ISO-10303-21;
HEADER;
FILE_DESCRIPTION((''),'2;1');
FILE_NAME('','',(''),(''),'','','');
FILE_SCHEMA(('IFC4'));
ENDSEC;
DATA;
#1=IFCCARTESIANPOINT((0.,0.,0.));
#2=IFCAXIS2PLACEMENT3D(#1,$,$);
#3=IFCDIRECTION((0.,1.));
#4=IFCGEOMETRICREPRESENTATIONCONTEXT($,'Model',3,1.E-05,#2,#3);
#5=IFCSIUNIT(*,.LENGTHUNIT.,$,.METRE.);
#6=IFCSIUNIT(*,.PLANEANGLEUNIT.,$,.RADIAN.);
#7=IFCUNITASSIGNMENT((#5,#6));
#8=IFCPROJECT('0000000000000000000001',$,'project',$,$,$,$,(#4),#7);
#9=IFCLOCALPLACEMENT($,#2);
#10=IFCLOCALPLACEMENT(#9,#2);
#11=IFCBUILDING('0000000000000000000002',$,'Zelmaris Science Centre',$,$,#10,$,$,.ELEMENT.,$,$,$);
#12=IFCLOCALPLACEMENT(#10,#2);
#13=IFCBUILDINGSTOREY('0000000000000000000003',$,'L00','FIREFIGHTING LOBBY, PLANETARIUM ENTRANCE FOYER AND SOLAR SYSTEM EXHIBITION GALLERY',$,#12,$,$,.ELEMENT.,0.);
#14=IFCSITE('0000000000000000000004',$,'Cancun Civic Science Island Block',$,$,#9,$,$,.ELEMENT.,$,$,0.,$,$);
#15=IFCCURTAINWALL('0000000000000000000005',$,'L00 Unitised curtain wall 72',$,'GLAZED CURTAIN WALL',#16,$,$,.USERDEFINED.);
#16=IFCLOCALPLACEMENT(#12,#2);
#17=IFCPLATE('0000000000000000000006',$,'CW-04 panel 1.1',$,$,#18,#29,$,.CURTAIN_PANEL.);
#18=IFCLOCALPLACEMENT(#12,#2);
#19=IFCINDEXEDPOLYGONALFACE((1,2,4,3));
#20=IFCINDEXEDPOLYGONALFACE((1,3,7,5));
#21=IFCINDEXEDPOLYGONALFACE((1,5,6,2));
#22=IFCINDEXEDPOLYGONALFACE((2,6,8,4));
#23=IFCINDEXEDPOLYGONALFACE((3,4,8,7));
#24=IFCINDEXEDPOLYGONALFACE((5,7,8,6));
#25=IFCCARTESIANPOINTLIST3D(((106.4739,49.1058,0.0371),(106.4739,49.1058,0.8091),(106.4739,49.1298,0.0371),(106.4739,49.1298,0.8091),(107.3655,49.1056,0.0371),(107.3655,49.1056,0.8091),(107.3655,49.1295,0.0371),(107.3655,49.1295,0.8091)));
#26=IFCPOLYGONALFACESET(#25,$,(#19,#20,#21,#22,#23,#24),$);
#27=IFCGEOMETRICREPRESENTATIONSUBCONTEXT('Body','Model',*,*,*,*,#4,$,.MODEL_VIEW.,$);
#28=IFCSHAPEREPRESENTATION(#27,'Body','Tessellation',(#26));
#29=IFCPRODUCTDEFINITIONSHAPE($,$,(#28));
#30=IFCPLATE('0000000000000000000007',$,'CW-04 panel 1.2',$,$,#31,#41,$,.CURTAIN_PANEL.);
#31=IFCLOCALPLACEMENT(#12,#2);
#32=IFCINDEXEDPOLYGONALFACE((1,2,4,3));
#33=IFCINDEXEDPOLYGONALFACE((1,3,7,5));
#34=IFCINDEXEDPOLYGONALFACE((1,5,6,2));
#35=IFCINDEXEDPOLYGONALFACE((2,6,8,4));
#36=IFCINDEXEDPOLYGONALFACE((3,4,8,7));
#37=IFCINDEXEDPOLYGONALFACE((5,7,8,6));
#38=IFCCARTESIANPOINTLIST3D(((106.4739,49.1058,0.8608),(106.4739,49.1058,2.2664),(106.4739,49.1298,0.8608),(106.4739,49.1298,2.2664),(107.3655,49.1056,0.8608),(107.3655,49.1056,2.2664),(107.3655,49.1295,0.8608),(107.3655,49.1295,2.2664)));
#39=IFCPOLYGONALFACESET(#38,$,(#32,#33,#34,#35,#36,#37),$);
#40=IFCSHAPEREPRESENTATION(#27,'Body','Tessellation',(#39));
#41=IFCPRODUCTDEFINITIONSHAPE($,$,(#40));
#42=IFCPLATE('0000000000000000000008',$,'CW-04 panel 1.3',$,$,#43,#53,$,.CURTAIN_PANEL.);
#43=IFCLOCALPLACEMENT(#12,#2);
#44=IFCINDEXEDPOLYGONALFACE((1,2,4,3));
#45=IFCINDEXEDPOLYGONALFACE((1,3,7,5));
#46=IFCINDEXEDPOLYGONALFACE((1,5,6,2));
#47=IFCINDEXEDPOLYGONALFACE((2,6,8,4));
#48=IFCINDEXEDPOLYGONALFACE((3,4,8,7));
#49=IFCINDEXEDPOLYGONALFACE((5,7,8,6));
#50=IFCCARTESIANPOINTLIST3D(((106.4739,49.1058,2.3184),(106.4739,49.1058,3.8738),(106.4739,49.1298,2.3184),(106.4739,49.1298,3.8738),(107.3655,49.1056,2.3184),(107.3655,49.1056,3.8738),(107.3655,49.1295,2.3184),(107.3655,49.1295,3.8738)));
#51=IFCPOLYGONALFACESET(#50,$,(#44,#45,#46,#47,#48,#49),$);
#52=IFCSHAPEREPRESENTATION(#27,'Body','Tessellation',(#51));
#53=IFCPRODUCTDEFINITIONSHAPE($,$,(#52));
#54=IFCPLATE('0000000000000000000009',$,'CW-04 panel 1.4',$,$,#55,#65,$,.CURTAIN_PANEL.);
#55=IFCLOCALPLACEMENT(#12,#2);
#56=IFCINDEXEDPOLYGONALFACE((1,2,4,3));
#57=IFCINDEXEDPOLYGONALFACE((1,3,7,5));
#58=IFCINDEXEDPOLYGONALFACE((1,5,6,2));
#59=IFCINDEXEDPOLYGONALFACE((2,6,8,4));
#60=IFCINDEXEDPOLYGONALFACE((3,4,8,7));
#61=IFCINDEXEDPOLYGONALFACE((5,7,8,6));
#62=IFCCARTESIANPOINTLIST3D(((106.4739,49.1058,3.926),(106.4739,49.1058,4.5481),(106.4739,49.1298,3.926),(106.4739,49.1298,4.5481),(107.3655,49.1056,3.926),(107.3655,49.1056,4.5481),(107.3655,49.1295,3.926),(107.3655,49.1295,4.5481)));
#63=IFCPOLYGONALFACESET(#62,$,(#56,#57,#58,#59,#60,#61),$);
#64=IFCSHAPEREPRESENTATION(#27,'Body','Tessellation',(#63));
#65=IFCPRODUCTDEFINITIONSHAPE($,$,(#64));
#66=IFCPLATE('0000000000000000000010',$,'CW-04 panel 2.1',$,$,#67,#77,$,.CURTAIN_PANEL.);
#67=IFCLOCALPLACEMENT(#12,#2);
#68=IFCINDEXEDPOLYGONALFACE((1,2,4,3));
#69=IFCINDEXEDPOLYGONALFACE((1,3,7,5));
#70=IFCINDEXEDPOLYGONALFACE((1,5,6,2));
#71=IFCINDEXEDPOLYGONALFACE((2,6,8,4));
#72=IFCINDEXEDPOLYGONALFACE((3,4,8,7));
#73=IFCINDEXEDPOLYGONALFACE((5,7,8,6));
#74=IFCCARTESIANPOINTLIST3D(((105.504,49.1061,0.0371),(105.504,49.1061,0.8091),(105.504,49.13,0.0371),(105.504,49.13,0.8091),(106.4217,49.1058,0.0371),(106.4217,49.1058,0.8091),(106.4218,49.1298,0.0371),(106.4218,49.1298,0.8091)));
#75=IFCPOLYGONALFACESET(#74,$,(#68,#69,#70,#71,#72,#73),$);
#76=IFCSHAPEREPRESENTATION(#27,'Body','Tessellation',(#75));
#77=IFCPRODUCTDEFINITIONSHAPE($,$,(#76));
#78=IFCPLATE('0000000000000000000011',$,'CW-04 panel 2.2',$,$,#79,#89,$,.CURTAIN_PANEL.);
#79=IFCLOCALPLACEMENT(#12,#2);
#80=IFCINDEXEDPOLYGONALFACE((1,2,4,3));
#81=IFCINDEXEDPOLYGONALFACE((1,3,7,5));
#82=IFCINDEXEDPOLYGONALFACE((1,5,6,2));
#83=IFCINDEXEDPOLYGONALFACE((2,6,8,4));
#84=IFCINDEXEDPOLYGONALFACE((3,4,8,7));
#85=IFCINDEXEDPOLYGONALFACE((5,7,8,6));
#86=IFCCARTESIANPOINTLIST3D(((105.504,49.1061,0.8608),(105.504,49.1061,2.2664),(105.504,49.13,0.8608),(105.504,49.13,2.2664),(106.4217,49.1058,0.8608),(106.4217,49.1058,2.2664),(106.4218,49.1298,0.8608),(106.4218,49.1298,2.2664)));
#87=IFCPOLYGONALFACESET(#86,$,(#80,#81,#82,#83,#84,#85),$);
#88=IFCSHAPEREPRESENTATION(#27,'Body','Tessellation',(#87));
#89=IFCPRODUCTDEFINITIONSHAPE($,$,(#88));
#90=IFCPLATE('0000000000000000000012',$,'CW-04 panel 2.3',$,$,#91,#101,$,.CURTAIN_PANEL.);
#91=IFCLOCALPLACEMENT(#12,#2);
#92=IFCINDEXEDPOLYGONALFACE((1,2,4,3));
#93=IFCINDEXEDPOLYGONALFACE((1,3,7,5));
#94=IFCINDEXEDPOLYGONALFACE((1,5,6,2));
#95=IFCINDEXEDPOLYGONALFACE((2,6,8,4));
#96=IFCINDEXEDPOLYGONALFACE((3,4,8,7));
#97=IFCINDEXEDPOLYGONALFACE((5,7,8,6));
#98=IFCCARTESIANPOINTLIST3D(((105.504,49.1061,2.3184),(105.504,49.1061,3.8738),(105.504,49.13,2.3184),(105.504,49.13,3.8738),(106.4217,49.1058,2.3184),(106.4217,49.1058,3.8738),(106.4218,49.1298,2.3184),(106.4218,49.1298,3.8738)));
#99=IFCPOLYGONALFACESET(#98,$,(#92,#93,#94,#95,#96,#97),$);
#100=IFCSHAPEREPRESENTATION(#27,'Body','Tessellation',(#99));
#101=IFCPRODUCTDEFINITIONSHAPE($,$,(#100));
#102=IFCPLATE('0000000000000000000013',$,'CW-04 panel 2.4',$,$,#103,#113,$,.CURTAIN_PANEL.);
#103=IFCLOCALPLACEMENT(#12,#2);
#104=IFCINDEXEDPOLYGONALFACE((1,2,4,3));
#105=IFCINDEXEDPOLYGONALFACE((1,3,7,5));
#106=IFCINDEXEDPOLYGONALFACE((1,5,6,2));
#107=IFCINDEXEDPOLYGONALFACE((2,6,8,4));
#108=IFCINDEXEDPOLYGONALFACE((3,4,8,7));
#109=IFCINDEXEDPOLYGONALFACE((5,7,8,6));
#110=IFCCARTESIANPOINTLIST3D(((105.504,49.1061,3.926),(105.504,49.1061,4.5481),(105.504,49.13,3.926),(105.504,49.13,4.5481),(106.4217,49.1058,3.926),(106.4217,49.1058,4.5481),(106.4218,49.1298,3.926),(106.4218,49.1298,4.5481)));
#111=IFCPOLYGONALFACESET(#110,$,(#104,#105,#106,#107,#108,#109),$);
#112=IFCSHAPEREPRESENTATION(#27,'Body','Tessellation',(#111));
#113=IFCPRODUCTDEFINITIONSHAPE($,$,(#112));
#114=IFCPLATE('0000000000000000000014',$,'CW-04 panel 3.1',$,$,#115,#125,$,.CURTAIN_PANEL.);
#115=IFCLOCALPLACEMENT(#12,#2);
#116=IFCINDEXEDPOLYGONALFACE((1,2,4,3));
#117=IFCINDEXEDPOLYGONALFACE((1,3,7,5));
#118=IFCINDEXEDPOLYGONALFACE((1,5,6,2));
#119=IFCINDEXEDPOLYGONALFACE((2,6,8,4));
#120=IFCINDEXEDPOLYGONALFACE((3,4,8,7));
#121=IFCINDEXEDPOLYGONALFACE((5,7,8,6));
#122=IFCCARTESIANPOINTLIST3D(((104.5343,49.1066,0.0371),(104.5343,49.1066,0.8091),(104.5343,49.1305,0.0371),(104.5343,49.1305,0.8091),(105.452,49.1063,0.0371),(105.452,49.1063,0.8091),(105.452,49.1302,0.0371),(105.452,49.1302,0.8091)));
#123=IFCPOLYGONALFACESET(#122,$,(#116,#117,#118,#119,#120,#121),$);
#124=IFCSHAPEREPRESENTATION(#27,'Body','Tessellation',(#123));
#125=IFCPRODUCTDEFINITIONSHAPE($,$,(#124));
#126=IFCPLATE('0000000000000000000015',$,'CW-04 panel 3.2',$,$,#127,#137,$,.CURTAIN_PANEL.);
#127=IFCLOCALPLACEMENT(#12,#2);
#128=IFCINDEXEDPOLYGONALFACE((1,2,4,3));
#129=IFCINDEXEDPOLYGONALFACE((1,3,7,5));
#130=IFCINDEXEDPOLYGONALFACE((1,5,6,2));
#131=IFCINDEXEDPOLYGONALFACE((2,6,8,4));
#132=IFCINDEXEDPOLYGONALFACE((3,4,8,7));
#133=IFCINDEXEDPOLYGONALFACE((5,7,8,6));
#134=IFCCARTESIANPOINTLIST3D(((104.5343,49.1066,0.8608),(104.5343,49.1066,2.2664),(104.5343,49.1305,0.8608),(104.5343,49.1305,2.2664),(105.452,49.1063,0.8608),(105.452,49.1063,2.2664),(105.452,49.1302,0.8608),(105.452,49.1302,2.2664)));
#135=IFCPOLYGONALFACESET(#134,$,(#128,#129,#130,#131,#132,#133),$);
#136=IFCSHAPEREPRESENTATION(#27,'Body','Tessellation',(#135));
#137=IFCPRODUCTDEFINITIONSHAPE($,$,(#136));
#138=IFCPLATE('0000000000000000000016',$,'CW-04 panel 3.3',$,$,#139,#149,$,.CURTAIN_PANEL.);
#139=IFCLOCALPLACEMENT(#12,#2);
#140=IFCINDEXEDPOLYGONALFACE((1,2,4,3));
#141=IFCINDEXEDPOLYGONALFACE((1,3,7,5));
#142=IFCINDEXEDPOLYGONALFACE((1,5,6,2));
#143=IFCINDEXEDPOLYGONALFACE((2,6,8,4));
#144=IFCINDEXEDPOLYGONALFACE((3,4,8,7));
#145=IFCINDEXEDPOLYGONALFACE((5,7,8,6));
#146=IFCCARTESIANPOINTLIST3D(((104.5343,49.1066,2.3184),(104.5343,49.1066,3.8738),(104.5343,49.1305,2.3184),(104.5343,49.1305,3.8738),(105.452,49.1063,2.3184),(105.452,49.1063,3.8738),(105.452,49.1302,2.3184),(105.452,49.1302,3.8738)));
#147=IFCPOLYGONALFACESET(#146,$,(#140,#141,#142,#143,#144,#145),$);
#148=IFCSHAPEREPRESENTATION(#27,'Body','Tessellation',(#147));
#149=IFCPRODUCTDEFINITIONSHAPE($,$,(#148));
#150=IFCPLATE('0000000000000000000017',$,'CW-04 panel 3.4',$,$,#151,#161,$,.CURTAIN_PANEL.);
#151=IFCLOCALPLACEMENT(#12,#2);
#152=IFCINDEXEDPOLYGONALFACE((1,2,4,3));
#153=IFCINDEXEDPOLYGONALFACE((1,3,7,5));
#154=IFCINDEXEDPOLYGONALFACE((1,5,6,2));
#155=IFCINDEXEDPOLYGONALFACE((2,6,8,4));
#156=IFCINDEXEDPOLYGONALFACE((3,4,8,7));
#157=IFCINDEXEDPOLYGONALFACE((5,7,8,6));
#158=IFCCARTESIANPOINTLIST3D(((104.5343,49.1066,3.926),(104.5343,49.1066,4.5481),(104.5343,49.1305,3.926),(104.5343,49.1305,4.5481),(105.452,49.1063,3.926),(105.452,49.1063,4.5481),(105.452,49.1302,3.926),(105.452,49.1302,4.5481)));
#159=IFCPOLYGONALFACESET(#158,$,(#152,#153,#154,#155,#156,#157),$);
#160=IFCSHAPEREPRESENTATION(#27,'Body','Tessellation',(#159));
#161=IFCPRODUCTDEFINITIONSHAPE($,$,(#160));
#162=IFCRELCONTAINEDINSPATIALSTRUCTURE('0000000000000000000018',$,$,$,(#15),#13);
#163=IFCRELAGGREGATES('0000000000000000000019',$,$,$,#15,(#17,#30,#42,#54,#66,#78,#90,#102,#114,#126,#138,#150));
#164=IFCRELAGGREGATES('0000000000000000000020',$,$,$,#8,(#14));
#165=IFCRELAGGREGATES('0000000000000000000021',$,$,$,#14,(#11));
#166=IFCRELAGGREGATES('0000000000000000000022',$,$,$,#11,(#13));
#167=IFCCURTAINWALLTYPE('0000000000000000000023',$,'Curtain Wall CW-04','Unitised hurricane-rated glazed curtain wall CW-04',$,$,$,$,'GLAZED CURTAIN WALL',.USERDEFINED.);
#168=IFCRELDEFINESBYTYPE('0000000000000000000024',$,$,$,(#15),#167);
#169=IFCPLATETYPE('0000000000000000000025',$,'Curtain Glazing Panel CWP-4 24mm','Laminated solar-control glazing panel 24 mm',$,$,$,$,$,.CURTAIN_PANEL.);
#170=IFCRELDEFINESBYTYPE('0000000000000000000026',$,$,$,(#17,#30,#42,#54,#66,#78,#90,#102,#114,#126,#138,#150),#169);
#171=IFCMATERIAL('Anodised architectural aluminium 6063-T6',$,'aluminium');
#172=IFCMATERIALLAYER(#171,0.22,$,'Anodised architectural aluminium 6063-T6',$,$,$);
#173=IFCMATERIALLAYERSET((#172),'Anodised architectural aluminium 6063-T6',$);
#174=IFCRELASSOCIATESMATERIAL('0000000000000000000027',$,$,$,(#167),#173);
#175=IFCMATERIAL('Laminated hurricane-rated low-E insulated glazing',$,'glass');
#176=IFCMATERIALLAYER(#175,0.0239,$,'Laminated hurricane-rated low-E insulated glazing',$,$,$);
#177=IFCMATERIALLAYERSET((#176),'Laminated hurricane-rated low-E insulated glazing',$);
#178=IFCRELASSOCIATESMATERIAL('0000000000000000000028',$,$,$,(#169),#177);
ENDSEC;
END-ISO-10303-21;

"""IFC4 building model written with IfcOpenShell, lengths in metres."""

from ifc_helpers import new_model, si_unit, direction, frame, origin, origin_2d, place, context, subcontext, project, spatial, rectangle, extrude, material, layer, layer_set, type_object, element, aggregate, save


model = new_model("IFC4")

# Units and contexts
model_context = context("Model", 3, precision=1e-05, world=origin(), true_north=direction((0.0, 1.0)))
body_context = subcontext(model_context, "Body", "Model", "MODEL_VIEW")
ifc_project = project(units=[si_unit("LENGTHUNIT", "METRE"), si_unit("PLANEANGLEUNIT", "RADIAN")], contexts=[model_context])

# Site, building, storey
site_placement = place(None, origin())
site = spatial("IfcSite", under=ifc_project, at=site_placement, Name="Cancun Civic Science Island Block", CompositionType="ELEMENT", RefElevation=0.0)
building_placement = place(site_placement, origin())
building = spatial("IfcBuilding", under=site, at=building_placement, Name="Zelmaris Science Centre", CompositionType="ELEMENT")
storey_placement = place(building_placement, origin())
storey = spatial("IfcBuildingStorey", under=building, at=storey_placement, Name="L00", Description="FIREFIGHTING LOBBY, PLANETARIUM ENTRANCE FOYER AND SOLAR SYSTEM EXHIBITION GALLERY", CompositionType="ELEMENT", Elevation=0.0)

# Curtain wall, plates
ifc_material_1 = material(Name="Anodised architectural aluminium 6063-T6", Category="aluminium")
ifc_layer_1 = layer(ifc_material_1, 0.22, Name="Anodised architectural aluminium 6063-T6")
ifc_layer_set_1 = layer_set([ifc_layer_1], Name="Anodised architectural aluminium 6063-T6")
curtain_wall_type = type_object("IfcCurtainWallType", Name="Curtain Wall CW-04", Description="Unitised hurricane-rated glazed curtain wall CW-04", ElementType="GLAZED CURTAIN WALL", PredefinedType="USERDEFINED", material=ifc_layer_set_1)
curtain_wall_placement = place(storey_placement, origin())
curtain_wall = element("IfcCurtainWall", 1, at=curtain_wall_placement, inside=storey, type_object=curtain_wall_type, Name="L00 Unitised curtain wall 72", ObjectType="GLAZED CURTAIN WALL", PredefinedType="USERDEFINED")
ifc_material_2 = material(Name="Laminated hurricane-rated low-E insulated glazing", Category="glass")
ifc_layer_2 = layer(ifc_material_2, 0.0239, Name="Laminated hurricane-rated low-E insulated glazing")
ifc_layer_set_2 = layer_set([ifc_layer_2], Name="Laminated hurricane-rated low-E insulated glazing")
plate_type = type_object("IfcPlateType", Name="Curtain Glazing Panel CWP-4 24mm", Description="Laminated solar-control glazing panel 24 mm", PredefinedType="CURTAIN_PANEL", material=ifc_layer_set_2)
plate_1_placement = place(storey_placement, frame((106.9197, 49.1177, 0.0371), z_axis=(0.0, 0.0, 1.0), x_axis=(-1.0, 0.000284, 0.0)))
plate_1 = element("IfcPlate", 2, at=plate_1_placement, type_object=plate_type, Name="CW-04 panel 1.1", PredefinedType="CURTAIN_PANEL", context=body_context, shape_type="SweptSolid", body=[
    extrude(rectangle(XDim=0.8916, YDim=0.0239, at=origin_2d()), origin(), (0.0, 0.0, 1.0), 0.772),
])
plate_2_placement = place(storey_placement, frame((106.9197, 49.1177, 0.8608), z_axis=(0.0, 0.0, 1.0), x_axis=(-1.0, 0.000284, 0.0)))
plate_2 = element("IfcPlate", 3, at=plate_2_placement, type_object=plate_type, Name="CW-04 panel 1.2", PredefinedType="CURTAIN_PANEL", context=body_context, shape_type="SweptSolid", body=[
    extrude(rectangle(XDim=0.8916, YDim=0.0239, at=origin_2d()), origin(), (0.0, 0.0, 1.0), 1.4055),
])
plate_3_placement = place(storey_placement, frame((106.9197, 49.1177, 2.3184), z_axis=(0.0, 0.0, 1.0), x_axis=(-1.0, 0.000284, 0.0)))
plate_3 = element("IfcPlate", 4, at=plate_3_placement, type_object=plate_type, Name="CW-04 panel 1.3", PredefinedType="CURTAIN_PANEL", context=body_context, shape_type="SweptSolid", body=[
    extrude(rectangle(XDim=0.8916, YDim=0.0239, at=origin_2d()), origin(), (0.0, 0.0, 1.0), 1.5554),
])
plate_4_placement = place(storey_placement, frame((106.9197, 49.1177, 3.926), z_axis=(0.0, 0.0, 1.0), x_axis=(-1.0, 0.000284, 0.0)))
plate_4 = element("IfcPlate", 5, at=plate_4_placement, type_object=plate_type, Name="CW-04 panel 1.4", PredefinedType="CURTAIN_PANEL", context=body_context, shape_type="SweptSolid", body=[
    extrude(rectangle(XDim=0.8916, YDim=0.0239, at=origin_2d()), origin(), (0.0, 0.0, 1.0), 0.6221),
])
plate_5_placement = place(storey_placement, frame((105.9629, 49.1179, 0.0371), z_axis=(0.0, 0.0, 1.0), x_axis=(-1.0, 0.000284, 0.0)))
plate_5 = element("IfcPlate", 6, at=plate_5_placement, type_object=plate_type, Name="CW-04 panel 2.1", PredefinedType="CURTAIN_PANEL", context=body_context, shape_type="SweptSolid", body=[
    extrude(rectangle(XDim=0.9177, YDim=0.0239, at=origin_2d()), origin(), (0.0, 0.0, 1.0), 0.772),
])
plate_6_placement = place(storey_placement, frame((105.9629, 49.1179, 0.8608), z_axis=(0.0, 0.0, 1.0), x_axis=(-1.0, 0.000284, 0.0)))
plate_6 = element("IfcPlate", 7, at=plate_6_placement, type_object=plate_type, Name="CW-04 panel 2.2", PredefinedType="CURTAIN_PANEL", context=body_context, shape_type="SweptSolid", body=[
    extrude(rectangle(XDim=0.9177, YDim=0.0239, at=origin_2d()), origin(), (0.0, 0.0, 1.0), 1.4055),
])
plate_7_placement = place(storey_placement, frame((105.9629, 49.1179, 2.3184), z_axis=(0.0, 0.0, 1.0), x_axis=(-1.0, 0.000284, 0.0)))
plate_7 = element("IfcPlate", 8, at=plate_7_placement, type_object=plate_type, Name="CW-04 panel 2.3", PredefinedType="CURTAIN_PANEL", context=body_context, shape_type="SweptSolid", body=[
    extrude(rectangle(XDim=0.9177, YDim=0.0239, at=origin_2d()), origin(), (0.0, 0.0, 1.0), 1.5554),
])
plate_8_placement = place(storey_placement, frame((105.9629, 49.1179, 3.926), z_axis=(0.0, 0.0, 1.0), x_axis=(-1.0, 0.000284, 0.0)))
plate_8 = element("IfcPlate", 9, at=plate_8_placement, type_object=plate_type, Name="CW-04 panel 2.4", PredefinedType="CURTAIN_PANEL", context=body_context, shape_type="SweptSolid", body=[
    extrude(rectangle(XDim=0.9177, YDim=0.0239, at=origin_2d()), origin(), (0.0, 0.0, 1.0), 0.6221),
])
plate_9_placement = place(storey_placement, frame((104.9932, 49.1184, 0.0371), z_axis=(0.0, 0.0, 1.0), x_axis=(-1.0, 0.000284, 0.0)))
plate_9 = element("IfcPlate", 10, at=plate_9_placement, type_object=plate_type, Name="CW-04 panel 3.1", PredefinedType="CURTAIN_PANEL", context=body_context, shape_type="SweptSolid", body=[
    extrude(rectangle(XDim=0.9177, YDim=0.0239, at=origin_2d()), origin(), (0.0, 0.0, 1.0), 0.772),
])
plate_10_placement = place(storey_placement, frame((104.9932, 49.1184, 0.8608), z_axis=(0.0, 0.0, 1.0), x_axis=(-1.0, 0.000284, 0.0)))
plate_10 = element("IfcPlate", 11, at=plate_10_placement, type_object=plate_type, Name="CW-04 panel 3.2", PredefinedType="CURTAIN_PANEL", context=body_context, shape_type="SweptSolid", body=[
    extrude(rectangle(XDim=0.9177, YDim=0.0239, at=origin_2d()), origin(), (0.0, 0.0, 1.0), 1.4055),
])
plate_11_placement = place(storey_placement, frame((104.9932, 49.1184, 2.3184), z_axis=(0.0, 0.0, 1.0), x_axis=(-1.0, 0.000284, 0.0)))
plate_11 = element("IfcPlate", 12, at=plate_11_placement, type_object=plate_type, Name="CW-04 panel 3.3", PredefinedType="CURTAIN_PANEL", context=body_context, shape_type="SweptSolid", body=[
    extrude(rectangle(XDim=0.9177, YDim=0.0239, at=origin_2d()), origin(), (0.0, 0.0, 1.0), 1.5554),
])
plate_12_placement = place(storey_placement, frame((104.9932, 49.1184, 3.926), z_axis=(0.0, 0.0, 1.0), x_axis=(-1.0, 0.000284, 0.0)))
plate_12 = element("IfcPlate", 13, at=plate_12_placement, type_object=plate_type, Name="CW-04 panel 3.4", PredefinedType="CURTAIN_PANEL", context=body_context, shape_type="SweptSolid", body=[
    extrude(rectangle(XDim=0.9177, YDim=0.0239, at=origin_2d()), origin(), (0.0, 0.0, 1.0), 0.6221),
])
aggregate(curtain_wall, [plate_1, plate_2, plate_3, plate_4, plate_5, plate_6, plate_7, plate_8, plate_9, plate_10, plate_11, plate_12])

save(model, "model.ifc")
